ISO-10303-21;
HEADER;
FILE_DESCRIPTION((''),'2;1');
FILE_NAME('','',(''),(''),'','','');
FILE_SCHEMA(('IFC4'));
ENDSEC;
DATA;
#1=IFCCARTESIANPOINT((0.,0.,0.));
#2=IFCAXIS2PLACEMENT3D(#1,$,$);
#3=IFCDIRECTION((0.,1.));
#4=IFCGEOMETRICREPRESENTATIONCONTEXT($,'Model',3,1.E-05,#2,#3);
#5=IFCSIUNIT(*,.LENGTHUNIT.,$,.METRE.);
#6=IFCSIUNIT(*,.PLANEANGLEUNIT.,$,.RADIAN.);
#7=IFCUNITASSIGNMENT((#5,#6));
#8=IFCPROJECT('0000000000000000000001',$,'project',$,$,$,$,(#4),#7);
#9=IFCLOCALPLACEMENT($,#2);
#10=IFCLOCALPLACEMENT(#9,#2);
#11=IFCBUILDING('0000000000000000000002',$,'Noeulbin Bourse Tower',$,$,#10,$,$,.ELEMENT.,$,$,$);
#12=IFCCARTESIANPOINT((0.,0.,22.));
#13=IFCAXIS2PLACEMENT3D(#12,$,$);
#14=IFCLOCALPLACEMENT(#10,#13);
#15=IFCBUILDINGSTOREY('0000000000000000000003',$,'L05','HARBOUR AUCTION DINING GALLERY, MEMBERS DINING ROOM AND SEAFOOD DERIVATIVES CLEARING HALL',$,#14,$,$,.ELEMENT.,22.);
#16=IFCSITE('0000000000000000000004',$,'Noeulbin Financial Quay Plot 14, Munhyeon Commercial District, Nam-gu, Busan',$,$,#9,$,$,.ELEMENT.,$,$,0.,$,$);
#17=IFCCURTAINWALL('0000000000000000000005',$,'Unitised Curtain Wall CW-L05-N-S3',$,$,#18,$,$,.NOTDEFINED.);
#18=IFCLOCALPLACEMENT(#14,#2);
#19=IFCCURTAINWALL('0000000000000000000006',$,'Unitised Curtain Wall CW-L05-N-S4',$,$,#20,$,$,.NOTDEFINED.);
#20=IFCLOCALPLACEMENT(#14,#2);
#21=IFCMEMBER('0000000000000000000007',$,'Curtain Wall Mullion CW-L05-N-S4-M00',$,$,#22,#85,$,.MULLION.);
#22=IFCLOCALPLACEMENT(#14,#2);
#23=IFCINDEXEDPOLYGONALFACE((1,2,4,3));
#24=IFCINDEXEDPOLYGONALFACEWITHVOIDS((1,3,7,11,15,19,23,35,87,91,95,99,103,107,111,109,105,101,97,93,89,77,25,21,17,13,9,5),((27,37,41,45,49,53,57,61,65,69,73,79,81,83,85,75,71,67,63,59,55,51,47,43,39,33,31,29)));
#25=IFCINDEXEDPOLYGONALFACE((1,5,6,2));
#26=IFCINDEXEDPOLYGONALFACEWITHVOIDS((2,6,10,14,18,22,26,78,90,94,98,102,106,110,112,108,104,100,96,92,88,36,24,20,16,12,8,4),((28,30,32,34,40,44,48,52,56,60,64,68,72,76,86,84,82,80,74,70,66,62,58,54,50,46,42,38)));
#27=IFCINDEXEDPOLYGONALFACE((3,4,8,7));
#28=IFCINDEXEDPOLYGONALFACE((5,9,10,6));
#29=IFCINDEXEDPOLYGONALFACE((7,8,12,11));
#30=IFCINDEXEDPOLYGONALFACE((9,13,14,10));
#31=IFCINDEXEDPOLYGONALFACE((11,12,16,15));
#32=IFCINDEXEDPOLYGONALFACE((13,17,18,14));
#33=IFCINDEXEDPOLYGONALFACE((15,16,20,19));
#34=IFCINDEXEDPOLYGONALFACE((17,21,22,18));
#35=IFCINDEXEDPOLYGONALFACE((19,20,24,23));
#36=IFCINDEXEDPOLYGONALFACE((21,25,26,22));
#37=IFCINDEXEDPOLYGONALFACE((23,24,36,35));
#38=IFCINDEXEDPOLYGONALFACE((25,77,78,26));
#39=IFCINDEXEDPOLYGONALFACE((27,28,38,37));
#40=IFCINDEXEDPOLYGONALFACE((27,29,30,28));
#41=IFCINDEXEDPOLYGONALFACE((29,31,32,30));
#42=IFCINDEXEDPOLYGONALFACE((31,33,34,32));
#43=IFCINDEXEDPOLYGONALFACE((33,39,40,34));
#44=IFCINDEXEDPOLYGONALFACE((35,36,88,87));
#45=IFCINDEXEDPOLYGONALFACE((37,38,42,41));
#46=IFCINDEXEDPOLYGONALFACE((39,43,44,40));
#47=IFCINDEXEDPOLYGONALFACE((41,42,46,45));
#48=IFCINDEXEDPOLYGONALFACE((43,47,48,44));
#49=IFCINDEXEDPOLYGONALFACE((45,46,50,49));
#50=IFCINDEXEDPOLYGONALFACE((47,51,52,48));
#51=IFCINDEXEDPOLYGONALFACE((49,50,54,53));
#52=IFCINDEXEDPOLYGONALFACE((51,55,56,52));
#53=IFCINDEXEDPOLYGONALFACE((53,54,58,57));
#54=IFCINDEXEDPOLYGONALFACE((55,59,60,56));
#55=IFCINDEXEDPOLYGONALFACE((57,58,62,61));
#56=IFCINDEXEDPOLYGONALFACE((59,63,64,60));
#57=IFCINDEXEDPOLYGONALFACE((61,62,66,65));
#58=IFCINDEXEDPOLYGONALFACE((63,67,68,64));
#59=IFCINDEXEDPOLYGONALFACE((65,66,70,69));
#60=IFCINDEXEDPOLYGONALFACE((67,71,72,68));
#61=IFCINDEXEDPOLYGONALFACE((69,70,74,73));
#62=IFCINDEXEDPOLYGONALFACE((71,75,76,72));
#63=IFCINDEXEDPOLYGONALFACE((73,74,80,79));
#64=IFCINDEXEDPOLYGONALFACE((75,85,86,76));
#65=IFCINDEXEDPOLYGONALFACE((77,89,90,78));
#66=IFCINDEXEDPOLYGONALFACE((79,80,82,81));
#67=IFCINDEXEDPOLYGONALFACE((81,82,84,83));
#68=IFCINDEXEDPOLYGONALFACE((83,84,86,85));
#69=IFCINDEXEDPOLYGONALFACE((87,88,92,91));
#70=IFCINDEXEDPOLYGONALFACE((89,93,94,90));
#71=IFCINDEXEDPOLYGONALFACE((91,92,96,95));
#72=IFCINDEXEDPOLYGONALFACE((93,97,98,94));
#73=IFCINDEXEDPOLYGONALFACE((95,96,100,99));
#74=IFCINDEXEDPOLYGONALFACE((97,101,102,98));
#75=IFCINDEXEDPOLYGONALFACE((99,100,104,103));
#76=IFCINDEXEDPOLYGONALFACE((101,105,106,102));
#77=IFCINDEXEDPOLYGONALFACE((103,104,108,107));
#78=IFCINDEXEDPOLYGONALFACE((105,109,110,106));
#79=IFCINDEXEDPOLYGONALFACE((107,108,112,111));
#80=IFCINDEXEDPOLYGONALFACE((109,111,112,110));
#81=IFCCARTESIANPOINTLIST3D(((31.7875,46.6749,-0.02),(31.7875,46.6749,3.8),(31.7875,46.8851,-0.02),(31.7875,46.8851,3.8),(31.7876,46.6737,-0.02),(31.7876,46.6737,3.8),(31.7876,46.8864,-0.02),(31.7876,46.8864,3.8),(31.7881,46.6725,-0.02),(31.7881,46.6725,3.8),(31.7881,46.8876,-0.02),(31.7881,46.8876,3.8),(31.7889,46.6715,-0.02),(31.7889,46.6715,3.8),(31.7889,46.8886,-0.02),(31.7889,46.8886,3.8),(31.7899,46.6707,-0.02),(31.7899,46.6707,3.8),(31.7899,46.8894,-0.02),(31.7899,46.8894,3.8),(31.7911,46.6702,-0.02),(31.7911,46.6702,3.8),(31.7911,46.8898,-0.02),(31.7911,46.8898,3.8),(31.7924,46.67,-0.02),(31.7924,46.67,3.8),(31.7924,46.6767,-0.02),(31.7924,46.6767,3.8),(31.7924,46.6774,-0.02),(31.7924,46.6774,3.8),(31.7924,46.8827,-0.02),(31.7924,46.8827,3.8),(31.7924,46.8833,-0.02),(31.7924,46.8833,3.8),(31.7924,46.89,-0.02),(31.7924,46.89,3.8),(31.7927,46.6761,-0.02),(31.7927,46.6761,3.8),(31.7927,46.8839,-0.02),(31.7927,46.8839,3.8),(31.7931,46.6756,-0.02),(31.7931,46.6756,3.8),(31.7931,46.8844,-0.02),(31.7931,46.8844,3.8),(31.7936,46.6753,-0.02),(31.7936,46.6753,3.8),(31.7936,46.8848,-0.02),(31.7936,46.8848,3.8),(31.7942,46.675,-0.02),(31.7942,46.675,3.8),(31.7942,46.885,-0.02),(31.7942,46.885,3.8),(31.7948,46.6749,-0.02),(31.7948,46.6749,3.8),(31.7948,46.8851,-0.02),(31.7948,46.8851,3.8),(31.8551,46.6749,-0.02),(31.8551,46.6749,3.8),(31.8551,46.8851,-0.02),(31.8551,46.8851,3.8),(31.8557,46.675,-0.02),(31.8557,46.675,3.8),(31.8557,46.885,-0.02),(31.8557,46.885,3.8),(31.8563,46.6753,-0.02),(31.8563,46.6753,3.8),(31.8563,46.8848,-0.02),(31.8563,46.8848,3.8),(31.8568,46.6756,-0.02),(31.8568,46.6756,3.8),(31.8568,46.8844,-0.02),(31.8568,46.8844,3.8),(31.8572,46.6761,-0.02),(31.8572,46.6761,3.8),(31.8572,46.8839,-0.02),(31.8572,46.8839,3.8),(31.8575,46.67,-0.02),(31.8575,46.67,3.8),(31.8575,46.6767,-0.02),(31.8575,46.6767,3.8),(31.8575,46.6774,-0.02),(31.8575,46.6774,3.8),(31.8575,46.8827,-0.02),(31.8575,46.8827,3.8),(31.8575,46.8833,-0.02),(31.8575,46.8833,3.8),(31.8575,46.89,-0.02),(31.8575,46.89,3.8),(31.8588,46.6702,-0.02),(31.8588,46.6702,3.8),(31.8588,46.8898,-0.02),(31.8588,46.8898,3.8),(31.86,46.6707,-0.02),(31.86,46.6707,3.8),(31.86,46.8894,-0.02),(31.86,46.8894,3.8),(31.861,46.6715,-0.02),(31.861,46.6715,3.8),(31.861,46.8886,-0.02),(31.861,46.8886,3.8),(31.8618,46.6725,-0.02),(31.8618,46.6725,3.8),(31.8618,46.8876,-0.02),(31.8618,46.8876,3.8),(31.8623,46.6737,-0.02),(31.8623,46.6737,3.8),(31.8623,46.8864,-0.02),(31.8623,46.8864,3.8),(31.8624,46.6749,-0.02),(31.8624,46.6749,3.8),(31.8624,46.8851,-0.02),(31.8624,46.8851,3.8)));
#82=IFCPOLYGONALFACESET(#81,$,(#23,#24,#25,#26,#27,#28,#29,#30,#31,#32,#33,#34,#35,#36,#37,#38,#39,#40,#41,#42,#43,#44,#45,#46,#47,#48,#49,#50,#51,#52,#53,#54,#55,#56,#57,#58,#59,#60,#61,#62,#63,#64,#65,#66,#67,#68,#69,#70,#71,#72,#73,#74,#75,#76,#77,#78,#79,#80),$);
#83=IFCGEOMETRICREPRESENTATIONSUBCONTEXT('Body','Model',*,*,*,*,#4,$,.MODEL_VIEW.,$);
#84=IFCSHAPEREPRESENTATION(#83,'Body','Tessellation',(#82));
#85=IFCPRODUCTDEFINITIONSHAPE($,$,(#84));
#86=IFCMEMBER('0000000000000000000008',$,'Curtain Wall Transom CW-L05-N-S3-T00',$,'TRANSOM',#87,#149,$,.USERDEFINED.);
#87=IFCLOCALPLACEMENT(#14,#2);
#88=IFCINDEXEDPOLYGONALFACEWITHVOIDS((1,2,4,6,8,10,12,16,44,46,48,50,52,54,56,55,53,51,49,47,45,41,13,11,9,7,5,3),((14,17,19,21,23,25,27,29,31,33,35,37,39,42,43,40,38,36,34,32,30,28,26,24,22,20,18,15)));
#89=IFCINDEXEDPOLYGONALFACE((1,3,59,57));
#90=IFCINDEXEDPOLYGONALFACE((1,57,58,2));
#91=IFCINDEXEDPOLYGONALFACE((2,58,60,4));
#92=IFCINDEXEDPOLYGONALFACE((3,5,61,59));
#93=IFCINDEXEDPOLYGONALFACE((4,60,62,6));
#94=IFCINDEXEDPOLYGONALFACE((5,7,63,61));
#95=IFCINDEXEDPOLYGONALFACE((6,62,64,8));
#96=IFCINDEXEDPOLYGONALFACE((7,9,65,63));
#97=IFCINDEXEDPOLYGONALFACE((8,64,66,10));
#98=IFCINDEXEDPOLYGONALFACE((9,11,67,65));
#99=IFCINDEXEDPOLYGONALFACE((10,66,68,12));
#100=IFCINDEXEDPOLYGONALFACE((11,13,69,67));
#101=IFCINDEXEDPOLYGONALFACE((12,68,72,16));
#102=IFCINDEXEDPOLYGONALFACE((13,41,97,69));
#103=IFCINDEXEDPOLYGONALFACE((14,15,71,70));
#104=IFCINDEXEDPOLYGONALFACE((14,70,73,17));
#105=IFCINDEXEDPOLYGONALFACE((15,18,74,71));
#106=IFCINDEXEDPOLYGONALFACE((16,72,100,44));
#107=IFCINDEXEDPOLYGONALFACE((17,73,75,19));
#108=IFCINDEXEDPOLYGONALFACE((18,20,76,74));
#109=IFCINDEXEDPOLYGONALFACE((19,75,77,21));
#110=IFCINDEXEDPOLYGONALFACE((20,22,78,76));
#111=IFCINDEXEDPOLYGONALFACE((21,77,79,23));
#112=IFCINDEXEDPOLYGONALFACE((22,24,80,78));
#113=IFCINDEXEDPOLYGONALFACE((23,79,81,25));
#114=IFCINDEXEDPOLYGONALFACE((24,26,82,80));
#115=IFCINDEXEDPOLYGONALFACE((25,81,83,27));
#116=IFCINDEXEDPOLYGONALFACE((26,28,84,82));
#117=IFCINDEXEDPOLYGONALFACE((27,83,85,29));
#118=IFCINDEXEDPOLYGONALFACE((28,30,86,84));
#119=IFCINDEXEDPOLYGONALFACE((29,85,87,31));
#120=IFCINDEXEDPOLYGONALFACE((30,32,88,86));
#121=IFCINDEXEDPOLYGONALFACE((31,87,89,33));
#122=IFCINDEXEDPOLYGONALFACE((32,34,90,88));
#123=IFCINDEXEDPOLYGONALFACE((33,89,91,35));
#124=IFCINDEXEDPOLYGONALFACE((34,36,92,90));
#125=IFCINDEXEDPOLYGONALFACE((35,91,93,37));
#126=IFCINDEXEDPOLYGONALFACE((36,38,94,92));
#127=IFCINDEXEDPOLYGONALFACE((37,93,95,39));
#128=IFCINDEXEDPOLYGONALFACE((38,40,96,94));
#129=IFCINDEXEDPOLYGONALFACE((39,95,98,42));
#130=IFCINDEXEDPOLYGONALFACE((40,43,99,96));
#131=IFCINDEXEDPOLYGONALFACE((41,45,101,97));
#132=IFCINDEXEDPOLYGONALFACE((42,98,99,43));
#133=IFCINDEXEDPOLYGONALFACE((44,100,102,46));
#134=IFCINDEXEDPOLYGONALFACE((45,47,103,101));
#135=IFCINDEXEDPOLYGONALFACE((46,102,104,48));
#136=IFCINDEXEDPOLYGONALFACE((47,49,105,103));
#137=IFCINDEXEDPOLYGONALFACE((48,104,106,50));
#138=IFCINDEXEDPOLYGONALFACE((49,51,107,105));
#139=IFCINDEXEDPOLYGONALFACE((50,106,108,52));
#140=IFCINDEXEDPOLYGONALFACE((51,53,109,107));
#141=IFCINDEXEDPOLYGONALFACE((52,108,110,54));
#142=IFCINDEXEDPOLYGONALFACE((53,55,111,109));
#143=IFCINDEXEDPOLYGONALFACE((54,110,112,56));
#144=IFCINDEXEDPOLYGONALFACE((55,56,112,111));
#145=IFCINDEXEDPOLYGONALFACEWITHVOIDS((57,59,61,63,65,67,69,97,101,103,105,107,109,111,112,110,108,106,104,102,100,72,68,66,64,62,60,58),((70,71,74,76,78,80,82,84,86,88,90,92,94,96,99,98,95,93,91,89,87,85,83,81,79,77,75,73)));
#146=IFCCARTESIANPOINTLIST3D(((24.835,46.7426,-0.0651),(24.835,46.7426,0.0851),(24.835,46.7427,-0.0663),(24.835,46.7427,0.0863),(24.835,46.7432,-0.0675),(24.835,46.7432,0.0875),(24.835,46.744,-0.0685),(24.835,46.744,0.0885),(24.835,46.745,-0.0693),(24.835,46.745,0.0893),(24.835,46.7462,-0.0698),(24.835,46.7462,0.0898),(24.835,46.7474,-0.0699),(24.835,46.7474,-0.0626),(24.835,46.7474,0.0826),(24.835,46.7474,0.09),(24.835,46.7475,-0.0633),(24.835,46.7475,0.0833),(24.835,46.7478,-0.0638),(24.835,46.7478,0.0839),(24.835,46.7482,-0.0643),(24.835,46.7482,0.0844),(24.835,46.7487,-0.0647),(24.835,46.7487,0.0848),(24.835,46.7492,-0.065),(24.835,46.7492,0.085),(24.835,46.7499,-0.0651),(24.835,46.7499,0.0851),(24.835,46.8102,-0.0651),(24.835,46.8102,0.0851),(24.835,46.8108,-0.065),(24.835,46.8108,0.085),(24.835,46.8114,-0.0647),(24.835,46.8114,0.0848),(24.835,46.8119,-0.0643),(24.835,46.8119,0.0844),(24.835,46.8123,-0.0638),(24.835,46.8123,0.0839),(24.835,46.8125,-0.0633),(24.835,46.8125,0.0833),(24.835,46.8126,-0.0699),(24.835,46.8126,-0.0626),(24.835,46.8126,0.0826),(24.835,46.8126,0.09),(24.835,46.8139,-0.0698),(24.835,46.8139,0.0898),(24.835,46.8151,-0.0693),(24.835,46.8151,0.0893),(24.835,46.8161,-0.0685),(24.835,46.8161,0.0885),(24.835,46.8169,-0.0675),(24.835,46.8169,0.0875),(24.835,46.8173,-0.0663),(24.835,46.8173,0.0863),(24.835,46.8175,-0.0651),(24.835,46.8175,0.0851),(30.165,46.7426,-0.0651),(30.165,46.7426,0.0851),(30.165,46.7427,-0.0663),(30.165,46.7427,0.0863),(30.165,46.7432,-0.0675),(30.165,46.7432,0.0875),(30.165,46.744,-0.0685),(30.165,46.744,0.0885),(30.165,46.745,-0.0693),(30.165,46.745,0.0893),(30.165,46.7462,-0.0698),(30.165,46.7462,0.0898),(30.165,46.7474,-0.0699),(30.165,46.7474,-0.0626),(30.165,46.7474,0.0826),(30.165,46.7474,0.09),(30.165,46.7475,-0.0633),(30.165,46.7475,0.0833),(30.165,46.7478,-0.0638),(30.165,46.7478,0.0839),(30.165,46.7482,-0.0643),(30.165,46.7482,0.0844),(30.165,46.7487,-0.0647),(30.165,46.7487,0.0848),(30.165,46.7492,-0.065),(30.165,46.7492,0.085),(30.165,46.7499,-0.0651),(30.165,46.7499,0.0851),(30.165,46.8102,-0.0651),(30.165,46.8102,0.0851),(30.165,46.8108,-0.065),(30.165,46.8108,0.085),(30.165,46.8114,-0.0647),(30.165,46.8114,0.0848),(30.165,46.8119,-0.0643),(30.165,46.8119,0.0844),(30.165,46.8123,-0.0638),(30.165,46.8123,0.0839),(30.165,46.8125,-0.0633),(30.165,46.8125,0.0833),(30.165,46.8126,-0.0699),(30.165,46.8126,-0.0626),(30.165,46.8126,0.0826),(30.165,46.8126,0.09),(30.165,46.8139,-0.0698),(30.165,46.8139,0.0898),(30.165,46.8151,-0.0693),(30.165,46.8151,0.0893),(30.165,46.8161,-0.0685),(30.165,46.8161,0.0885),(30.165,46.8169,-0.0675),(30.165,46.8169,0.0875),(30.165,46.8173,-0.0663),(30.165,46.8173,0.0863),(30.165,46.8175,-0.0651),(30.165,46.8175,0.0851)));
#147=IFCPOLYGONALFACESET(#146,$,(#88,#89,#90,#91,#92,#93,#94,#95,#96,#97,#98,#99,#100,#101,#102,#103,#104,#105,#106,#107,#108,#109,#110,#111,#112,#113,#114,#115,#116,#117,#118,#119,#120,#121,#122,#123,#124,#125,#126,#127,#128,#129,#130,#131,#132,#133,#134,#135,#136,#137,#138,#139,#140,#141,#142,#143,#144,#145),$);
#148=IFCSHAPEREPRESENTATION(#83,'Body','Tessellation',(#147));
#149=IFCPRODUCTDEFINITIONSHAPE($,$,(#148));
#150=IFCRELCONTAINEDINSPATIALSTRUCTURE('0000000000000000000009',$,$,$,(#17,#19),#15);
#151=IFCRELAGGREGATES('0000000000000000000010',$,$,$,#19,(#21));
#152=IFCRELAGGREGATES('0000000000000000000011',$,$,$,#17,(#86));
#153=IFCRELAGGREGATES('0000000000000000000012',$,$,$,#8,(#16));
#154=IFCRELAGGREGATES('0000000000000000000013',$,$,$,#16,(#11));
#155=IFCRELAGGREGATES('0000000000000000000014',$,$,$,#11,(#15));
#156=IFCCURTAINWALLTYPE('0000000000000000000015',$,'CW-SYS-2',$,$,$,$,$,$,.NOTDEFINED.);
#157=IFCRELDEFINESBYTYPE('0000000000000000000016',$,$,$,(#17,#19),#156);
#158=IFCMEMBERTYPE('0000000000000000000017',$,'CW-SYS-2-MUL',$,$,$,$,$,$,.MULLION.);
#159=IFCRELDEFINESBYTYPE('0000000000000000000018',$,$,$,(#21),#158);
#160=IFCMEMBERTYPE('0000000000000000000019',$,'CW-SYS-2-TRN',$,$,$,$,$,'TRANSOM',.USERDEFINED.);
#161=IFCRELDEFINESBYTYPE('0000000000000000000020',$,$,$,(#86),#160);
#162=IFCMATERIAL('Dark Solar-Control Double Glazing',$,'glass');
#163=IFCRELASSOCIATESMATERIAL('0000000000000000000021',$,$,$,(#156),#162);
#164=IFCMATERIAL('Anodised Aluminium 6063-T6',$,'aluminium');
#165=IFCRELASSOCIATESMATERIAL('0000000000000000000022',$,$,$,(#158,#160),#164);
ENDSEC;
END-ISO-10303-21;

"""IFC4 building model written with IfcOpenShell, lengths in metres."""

from ifc_helpers import new_model, si_unit, direction, frame, origin, origin_2d, place, context, subcontext, project, spatial, hollow_rectangle, extrude, material, material_profile, profile_set, type_object, element, aggregate, save


model = new_model("IFC4")

# Units and contexts
model_context = context("Model", 3, precision=1e-05, world=origin(), true_north=direction((0.0, 1.0)))
body_context = subcontext(model_context, "Body", "Model", "MODEL_VIEW")
ifc_project = project(units=[si_unit("LENGTHUNIT", "METRE"), si_unit("PLANEANGLEUNIT", "RADIAN")], contexts=[model_context])

# Site, building, storey
site_placement = place(None, origin())
site = spatial("IfcSite", under=ifc_project, at=site_placement, Name="Noeulbin Financial Quay Plot 14, Munhyeon Commercial District, Nam-gu, Busan", CompositionType="ELEMENT", RefElevation=0.0)
building_placement = place(site_placement, origin())
building = spatial("IfcBuilding", under=site, at=building_placement, Name="Noeulbin Bourse Tower", CompositionType="ELEMENT")
storey_placement = place(building_placement, frame((0.0, 0.0, 22.0)))
storey = spatial("IfcBuildingStorey", under=building, at=storey_placement, Name="L05", Description="HARBOUR AUCTION DINING GALLERY, MEMBERS DINING ROOM AND SEAFOOD DERIVATIVES CLEARING HALL", CompositionType="ELEMENT", Elevation=22.0)

# Curtain wall
ifc_material_1 = material(Name="Dark Solar-Control Double Glazing", Category="glass")
curtain_wall_type = type_object("IfcCurtainWallType", Name="CW-SYS-2", PredefinedType="NOTDEFINED", material=ifc_material_1)
ifc_material_2 = material(Name="Anodised Aluminium 6063-T6", Category="aluminium")
ifc_material_profile_1 = material_profile(ifc_material_2, hollow_rectangle(XDim=0.075, YDim=0.22, WallThickness=0.0049, InnerFilletRadius=0.0024, OuterFilletRadius=0.0049, at=origin_2d()), Name="ALU-MULL-75x220x5", Category="LoadBearing")
ifc_profile_set_1 = profile_set([ifc_material_profile_1], Name="Anodised Aluminium 6063-T6")
member_type_1 = type_object("IfcMemberType", Name="CW-SYS-2-MUL", PredefinedType="MULLION", material=ifc_profile_set_1)
curtain_wall_1_placement = place(storey_placement, origin())
curtain_wall_1 = element("IfcCurtainWall", 1, at=curtain_wall_1_placement, inside=storey, type_object=curtain_wall_type, Name="Unitised Curtain Wall CW-L05-N-S3", PredefinedType="NOTDEFINED")

# Curtain wall, member
curtain_wall_2_placement = place(storey_placement, origin())
curtain_wall_2 = element("IfcCurtainWall", 2, at=curtain_wall_2_placement, inside=storey, type_object=curtain_wall_type, Name="Unitised Curtain Wall CW-L05-N-S4", PredefinedType="NOTDEFINED")
member_1_placement = place(storey_placement, frame((31.825, 46.78, -0.02), z_axis=(0.0, 0.0, 1.0), x_axis=(1.0, 0.0, 0.0)))
member_1 = element("IfcMember", 3, at=member_1_placement, type_object=member_type_1, Name="Curtain Wall Mullion CW-L05-N-S4-M00", PredefinedType="MULLION", context=body_context, shape_type="SweptSolid", body=[
    extrude(hollow_rectangle(XDim=0.075, YDim=0.22, WallThickness=0.0049, InnerFilletRadius=0.0024, OuterFilletRadius=0.0049, at=origin_2d()), origin(), (0.0, 0.0, 1.0), 3.8201),
])

# Member
ifc_material_profile_2 = material_profile(ifc_material_2, hollow_rectangle(XDim=0.075, YDim=0.1599, WallThickness=0.0049, InnerFilletRadius=0.0024, OuterFilletRadius=0.0049, at=origin_2d()), Name="ALU-TRAN-75x160x5", Category="LoadBearing")
ifc_profile_set_2 = profile_set([ifc_material_profile_2], Name="Anodised Aluminium 6063-T6")
member_type_2 = type_object("IfcMemberType", Name="CW-SYS-2-TRN", ElementType="TRANSOM", PredefinedType="USERDEFINED", material=ifc_profile_set_2)
member_2_placement = place(storey_placement, frame((24.835, 46.78, 0.01), z_axis=(1.0, 0.0, 0.0), x_axis=(0.0, 1.0, 0.0)))
member_2 = element("IfcMember", 4, at=member_2_placement, type_object=member_type_2, Name="Curtain Wall Transom CW-L05-N-S3-T00", ObjectType="TRANSOM", PredefinedType="USERDEFINED", context=body_context, shape_type="SweptSolid", body=[
    extrude(hollow_rectangle(XDim=0.075, YDim=0.1599, WallThickness=0.0049, InnerFilletRadius=0.0024, OuterFilletRadius=0.0049, at=origin_2d()), origin(), (0.0, 0.0, 1.0), 5.3301),
])
aggregate(curtain_wall_2, [member_1])

aggregate(curtain_wall_1, [member_2])

save(model, "model.ifc")
